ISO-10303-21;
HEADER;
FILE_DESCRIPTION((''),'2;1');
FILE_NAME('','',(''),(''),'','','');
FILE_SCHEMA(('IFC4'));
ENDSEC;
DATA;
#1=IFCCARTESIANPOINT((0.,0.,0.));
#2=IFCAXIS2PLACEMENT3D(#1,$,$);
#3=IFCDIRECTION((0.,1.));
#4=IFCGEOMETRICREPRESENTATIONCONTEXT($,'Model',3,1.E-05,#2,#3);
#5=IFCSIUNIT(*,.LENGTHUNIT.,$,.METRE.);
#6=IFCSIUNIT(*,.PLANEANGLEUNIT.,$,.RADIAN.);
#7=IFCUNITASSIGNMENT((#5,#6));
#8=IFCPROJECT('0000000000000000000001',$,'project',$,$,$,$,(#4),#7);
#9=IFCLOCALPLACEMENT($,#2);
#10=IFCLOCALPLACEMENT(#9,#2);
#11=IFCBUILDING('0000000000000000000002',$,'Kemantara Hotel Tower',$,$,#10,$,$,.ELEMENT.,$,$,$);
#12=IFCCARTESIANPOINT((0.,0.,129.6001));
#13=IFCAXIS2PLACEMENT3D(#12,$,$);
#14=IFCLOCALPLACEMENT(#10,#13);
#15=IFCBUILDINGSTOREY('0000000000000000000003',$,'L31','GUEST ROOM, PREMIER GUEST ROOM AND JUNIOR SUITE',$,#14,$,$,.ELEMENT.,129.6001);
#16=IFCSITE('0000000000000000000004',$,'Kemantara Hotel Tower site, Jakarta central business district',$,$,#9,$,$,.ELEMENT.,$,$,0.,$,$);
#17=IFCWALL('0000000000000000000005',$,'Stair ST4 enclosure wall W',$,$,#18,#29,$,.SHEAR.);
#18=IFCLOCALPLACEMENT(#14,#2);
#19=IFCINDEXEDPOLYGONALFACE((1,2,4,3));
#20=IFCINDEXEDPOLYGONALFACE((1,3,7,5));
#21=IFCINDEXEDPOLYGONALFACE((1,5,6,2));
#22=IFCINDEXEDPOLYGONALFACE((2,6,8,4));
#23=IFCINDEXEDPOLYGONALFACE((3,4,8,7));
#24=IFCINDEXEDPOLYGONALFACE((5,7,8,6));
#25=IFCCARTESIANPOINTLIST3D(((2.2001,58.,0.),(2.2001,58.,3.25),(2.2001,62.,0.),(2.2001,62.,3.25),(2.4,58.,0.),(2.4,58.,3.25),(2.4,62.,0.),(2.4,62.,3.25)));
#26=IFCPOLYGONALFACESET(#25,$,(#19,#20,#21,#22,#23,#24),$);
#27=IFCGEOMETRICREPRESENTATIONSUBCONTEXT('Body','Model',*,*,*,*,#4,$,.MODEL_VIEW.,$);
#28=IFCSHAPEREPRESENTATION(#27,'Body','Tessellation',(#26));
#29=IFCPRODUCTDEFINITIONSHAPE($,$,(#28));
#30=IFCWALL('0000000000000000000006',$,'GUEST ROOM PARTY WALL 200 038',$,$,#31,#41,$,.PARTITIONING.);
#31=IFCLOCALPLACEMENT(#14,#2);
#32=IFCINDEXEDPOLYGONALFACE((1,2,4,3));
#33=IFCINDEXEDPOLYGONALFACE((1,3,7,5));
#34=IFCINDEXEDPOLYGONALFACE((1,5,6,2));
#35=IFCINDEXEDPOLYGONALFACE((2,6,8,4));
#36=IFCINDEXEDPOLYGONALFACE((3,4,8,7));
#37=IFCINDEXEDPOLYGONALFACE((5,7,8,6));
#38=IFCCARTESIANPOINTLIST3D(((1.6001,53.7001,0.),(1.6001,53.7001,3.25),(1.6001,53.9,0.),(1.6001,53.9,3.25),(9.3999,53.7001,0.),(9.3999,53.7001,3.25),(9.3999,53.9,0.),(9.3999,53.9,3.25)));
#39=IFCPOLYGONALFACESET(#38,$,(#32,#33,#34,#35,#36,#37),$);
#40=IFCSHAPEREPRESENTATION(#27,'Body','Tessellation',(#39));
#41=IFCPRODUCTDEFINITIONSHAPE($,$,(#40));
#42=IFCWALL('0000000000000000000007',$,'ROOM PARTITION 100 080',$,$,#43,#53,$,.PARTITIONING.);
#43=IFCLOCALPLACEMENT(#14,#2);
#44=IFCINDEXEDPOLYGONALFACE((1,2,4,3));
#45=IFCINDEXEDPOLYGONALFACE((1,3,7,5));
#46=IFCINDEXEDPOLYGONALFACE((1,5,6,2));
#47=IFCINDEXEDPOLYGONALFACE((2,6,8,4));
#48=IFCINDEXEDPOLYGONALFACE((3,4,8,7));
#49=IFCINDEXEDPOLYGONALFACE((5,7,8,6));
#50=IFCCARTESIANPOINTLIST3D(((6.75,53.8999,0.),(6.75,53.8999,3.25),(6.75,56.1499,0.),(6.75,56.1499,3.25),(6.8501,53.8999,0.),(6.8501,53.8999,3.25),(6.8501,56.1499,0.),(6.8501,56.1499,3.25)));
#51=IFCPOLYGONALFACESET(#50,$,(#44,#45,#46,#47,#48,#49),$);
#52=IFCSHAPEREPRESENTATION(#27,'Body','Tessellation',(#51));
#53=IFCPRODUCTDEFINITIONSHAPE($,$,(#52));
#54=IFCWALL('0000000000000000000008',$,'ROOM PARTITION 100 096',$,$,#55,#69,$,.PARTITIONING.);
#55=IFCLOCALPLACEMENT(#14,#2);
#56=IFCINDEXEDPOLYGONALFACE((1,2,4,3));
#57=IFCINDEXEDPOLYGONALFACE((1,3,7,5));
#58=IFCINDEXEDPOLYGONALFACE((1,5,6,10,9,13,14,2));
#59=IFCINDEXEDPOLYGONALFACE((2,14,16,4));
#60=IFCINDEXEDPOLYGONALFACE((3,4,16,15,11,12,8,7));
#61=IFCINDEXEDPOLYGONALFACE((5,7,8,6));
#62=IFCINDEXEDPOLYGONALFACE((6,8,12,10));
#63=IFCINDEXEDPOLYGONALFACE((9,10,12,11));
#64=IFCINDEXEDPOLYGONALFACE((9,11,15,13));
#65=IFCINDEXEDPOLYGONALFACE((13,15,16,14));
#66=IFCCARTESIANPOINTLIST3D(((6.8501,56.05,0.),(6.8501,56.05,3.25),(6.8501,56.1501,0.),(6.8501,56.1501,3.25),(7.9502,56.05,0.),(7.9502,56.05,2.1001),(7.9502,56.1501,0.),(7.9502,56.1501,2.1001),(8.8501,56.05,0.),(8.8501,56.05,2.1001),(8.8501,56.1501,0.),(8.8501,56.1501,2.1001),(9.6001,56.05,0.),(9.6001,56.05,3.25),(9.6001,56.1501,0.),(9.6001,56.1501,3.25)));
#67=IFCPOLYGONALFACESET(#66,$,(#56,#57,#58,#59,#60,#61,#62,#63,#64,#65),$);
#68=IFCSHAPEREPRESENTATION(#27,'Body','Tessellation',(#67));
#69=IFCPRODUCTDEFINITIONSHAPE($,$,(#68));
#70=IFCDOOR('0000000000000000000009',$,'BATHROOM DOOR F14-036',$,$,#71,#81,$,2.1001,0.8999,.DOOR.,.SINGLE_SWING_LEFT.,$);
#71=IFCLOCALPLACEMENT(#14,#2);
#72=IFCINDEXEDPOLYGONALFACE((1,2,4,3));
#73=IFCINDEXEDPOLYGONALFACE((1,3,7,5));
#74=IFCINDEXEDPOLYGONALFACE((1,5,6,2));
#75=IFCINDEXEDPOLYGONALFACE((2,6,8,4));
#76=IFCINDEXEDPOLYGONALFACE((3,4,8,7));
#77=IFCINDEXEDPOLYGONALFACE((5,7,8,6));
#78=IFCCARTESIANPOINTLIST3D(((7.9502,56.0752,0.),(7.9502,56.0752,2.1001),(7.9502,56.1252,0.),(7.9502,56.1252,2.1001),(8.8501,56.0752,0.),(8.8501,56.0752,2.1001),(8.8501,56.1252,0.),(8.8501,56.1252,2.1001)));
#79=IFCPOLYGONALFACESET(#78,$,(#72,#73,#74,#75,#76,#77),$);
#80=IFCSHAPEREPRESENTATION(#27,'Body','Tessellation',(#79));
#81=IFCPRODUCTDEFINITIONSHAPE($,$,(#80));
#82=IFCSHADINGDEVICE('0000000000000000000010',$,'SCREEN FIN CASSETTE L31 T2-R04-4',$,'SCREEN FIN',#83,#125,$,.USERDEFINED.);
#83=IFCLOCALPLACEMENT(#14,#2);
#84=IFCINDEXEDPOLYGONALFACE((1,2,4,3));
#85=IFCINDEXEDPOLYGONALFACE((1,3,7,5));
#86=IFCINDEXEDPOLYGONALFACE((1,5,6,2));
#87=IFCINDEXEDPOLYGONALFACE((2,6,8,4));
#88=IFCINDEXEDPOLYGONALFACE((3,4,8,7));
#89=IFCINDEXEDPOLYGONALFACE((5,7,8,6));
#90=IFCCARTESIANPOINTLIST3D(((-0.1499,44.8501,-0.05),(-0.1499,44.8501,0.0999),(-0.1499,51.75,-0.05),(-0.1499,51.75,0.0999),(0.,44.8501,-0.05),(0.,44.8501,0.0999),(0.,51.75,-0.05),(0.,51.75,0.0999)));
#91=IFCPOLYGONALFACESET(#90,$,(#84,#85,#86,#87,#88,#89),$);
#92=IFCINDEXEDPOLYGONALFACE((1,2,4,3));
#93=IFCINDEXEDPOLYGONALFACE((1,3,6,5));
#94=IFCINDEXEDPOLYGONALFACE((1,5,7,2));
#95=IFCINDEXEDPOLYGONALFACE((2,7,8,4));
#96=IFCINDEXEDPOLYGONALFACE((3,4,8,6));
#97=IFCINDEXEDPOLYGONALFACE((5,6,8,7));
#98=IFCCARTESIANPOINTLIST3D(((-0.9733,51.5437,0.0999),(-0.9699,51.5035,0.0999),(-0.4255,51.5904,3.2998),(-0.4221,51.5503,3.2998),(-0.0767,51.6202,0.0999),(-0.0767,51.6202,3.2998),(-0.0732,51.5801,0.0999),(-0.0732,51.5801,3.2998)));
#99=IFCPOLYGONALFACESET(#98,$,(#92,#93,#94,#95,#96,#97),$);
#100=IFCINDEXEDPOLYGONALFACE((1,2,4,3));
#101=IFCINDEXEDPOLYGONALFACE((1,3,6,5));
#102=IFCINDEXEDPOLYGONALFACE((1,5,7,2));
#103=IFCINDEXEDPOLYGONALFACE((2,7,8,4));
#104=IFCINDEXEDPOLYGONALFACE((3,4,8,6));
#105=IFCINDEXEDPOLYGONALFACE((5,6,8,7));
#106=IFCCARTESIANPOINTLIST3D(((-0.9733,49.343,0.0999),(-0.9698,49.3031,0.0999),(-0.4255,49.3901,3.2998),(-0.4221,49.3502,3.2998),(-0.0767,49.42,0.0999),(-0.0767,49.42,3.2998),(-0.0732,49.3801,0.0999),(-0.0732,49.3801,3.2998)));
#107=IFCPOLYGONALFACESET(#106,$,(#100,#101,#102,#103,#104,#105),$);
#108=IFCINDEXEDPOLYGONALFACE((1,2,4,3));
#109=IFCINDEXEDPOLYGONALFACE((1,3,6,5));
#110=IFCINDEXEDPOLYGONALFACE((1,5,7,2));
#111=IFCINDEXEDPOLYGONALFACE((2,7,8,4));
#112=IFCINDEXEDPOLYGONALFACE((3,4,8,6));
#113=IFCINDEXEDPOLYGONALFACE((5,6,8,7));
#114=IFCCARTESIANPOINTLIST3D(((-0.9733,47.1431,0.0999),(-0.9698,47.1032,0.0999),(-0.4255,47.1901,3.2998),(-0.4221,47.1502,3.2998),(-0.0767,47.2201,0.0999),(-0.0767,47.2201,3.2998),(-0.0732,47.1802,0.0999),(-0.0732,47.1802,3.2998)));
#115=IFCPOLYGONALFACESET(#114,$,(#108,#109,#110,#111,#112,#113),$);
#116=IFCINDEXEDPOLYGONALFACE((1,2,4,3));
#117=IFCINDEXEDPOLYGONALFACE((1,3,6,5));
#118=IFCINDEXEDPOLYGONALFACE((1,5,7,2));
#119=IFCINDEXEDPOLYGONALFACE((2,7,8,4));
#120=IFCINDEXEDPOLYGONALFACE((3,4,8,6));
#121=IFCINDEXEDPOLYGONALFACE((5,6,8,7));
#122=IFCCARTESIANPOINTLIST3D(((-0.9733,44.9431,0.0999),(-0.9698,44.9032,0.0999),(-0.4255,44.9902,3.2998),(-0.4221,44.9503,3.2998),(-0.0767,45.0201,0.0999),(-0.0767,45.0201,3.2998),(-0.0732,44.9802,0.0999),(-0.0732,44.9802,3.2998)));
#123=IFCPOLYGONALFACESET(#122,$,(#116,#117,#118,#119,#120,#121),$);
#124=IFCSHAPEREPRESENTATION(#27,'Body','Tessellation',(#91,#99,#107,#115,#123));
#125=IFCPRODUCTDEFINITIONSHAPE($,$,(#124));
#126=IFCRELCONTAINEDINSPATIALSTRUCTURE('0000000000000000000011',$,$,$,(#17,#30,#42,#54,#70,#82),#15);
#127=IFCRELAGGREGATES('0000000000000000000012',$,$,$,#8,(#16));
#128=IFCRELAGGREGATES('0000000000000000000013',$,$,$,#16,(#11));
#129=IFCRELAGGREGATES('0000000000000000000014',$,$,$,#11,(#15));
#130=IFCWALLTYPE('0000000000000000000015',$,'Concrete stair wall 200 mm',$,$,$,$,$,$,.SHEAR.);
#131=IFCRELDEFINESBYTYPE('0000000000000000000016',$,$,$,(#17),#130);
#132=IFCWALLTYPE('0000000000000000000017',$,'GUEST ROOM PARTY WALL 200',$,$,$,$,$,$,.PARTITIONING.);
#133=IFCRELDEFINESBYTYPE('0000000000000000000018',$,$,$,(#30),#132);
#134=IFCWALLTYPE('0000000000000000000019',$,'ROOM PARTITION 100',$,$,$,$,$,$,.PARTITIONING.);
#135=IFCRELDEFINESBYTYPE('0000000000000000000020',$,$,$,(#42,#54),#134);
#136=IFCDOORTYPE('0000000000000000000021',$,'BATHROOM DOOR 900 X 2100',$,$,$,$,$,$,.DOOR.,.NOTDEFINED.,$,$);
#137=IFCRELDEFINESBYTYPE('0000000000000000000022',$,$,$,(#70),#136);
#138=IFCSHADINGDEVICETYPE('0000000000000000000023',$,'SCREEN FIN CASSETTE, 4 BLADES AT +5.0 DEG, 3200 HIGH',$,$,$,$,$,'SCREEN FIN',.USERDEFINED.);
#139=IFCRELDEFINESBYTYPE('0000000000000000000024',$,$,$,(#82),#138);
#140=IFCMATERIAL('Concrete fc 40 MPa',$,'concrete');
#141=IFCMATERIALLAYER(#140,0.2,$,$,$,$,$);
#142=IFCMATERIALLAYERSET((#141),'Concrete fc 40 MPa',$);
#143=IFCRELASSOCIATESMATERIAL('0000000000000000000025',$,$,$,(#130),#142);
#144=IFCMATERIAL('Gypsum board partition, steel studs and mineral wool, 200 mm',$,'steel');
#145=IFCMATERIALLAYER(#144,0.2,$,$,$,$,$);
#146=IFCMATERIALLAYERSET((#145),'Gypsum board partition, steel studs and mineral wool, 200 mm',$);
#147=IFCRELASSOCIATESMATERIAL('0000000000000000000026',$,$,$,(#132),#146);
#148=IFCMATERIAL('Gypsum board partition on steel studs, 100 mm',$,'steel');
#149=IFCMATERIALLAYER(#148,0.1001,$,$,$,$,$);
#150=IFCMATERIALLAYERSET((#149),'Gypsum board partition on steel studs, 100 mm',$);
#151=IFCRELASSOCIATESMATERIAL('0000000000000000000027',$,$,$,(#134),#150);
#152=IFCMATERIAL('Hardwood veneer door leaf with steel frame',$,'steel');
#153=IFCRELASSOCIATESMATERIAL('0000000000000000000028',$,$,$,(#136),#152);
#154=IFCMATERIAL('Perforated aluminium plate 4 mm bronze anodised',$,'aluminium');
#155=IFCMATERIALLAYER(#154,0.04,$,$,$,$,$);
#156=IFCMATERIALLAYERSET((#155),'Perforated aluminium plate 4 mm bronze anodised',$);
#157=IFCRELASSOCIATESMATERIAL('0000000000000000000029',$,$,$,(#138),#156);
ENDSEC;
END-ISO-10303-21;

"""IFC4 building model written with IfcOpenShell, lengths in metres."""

from ifc_helpers import new_model, si_unit, direction, frame, frame_2d, origin, origin_2d, place, context, subcontext, project, spatial, polyline, rectangle, outline, extrude, source, transform, mapped, material, layer, layer_set, type_object, element, fill, save


model = new_model("IFC4")

# Units and contexts
model_context = context("Model", 3, precision=1e-05, world=origin(), true_north=direction((0.0, 1.0)))
body_context = subcontext(model_context, "Body", "Model", "MODEL_VIEW")
ifc_project = project(units=[si_unit("LENGTHUNIT", "METRE"), si_unit("PLANEANGLEUNIT", "RADIAN")], contexts=[model_context])

# Site, building, storey
site_placement = place(None, origin())
site = spatial("IfcSite", under=ifc_project, at=site_placement, Name="Kemantara Hotel Tower site, Jakarta central business district", CompositionType="ELEMENT", RefElevation=0.0)
building_placement = place(site_placement, origin())
building = spatial("IfcBuilding", under=site, at=building_placement, Name="Kemantara Hotel Tower", CompositionType="ELEMENT")
storey_placement = place(building_placement, frame((0.0, 0.0, 129.6001)))
storey = spatial("IfcBuildingStorey", under=building, at=storey_placement, Name="L31", Description="GUEST ROOM, PREMIER GUEST ROOM AND JUNIOR SUITE", CompositionType="ELEMENT", Elevation=129.6001)

# Shared definitions
ifc_material_1 = material(Name="Gypsum board partition, steel studs and mineral wool, 200 mm", Category="steel")
ifc_material_2 = material(Name="Hardwood veneer door leaf with steel frame", Category="steel")

# Shared definitions
ifc_material_3 = material(Name="Concrete fc 40 MPa", Category="concrete")
ifc_layer_1 = layer(ifc_material_3, 0.2)
ifc_layer_set_1 = layer_set([ifc_layer_1], Name="Concrete fc 40 MPa")
wall_type_1 = type_object("IfcWallType", Name="Concrete stair wall 200 mm", PredefinedType="SHEAR", material=ifc_layer_set_1)

# Walls
wall_1_placement = place(storey_placement, frame((2.3, 58.0, 0.0), z_axis=(0.0, 0.0, 1.0), x_axis=(0.0, 1.0, 0.0)))
element("IfcWall", 1, at=wall_1_placement, inside=storey, type_object=wall_type_1, Name="Stair ST4 enclosure wall W", PredefinedType="SHEAR", context=body_context, shape_type="SweptSolid", body=[
    extrude(rectangle(XDim=4.0, YDim=0.2, at=frame_2d((2.0, 0.0))), origin(), (0.0, 0.0, 1.0), 3.25),
])
ifc_layer_2 = layer(ifc_material_1, 0.2)
ifc_layer_set_2 = layer_set([ifc_layer_2], Name="Gypsum board partition, steel studs and mineral wool, 200 mm")
wall_type_2 = type_object("IfcWallType", Name="GUEST ROOM PARTY WALL 200", PredefinedType="PARTITIONING", material=ifc_layer_set_2)
wall_2_placement = place(storey_placement, frame((1.6001, 53.8, 0.0), z_axis=(0.0, 0.0, 1.0), x_axis=(1.0, 0.0, 0.0)))
element("IfcWall", 2, at=wall_2_placement, inside=storey, type_object=wall_type_2, Name="GUEST ROOM PARTY WALL 200 038", PredefinedType="PARTITIONING", context=body_context, shape_type="SweptSolid", body=[
    extrude(rectangle(XDim=7.7998, YDim=0.2, at=frame_2d((3.8999, 0.0))), origin(), (0.0, 0.0, 1.0), 3.25),
])
ifc_material_4 = material(Name="Gypsum board partition on steel studs, 100 mm", Category="steel")
ifc_layer_3 = layer(ifc_material_4, 0.1001)
ifc_layer_set_3 = layer_set([ifc_layer_3], Name="Gypsum board partition on steel studs, 100 mm")
wall_type_3 = type_object("IfcWallType", Name="ROOM PARTITION 100", PredefinedType="PARTITIONING", material=ifc_layer_set_3)
wall_3_placement = place(storey_placement, frame((6.8, 53.8999, 0.0), z_axis=(0.0, 0.0, 1.0), x_axis=(0.0, 1.0, 0.0)))
element("IfcWall", 3, at=wall_3_placement, inside=storey, type_object=wall_type_3, Name="ROOM PARTITION 100 080", PredefinedType="PARTITIONING", context=body_context, shape_type="SweptSolid", body=[
    extrude(rectangle(XDim=2.25, YDim=0.1001, at=frame_2d((1.125, 0.0))), origin(), (0.0, 0.0, 1.0), 3.25),
])

# Wall, opening, door
wall_4_placement = place(storey_placement, frame((9.6001, 56.1001, 0.0), z_axis=(0.0, 0.0, 1.0), x_axis=(-1.0, 0.0, 0.0)))
wall_4 = element("IfcWall", 4, at=wall_4_placement, inside=storey, type_object=wall_type_3, Name="ROOM PARTITION 100 096", PredefinedType="PARTITIONING", context=body_context, shape_type="SweptSolid", body=[
    extrude(rectangle(XDim=2.75, YDim=0.1001, at=frame_2d((1.375, 0.0))), origin(), (0.0, 0.0, 1.0), 3.25),
])
opening_1_placement = place(wall_4_placement, frame((0.75, 0.0, 0.0)))
opening_1 = element("IfcOpeningElement", 5, at=opening_1_placement, cuts=wall_4, PredefinedType="OPENING", context=body_context, shape_type="SweptSolid", body=[
    extrude(rectangle(XDim=0.8999, YDim=2.1001, at=frame_2d((0.45, 1.05))), frame((0.0, 0.0601, 0.0), z_axis=(0.0, -1.0, 0.0), x_axis=(1.0, 0.0, 0.0)), (0.0, 0.0, 1.0), 0.1201),
])
door_type_1 = type_object("IfcDoorType", Name="BATHROOM DOOR 900 X 2100", OperationType="NOTDEFINED", PredefinedType="DOOR", material=ifc_material_2)
door_1_placement = place(opening_1_placement, origin())
door_1 = element("IfcDoor", 6, at=door_1_placement, inside=storey, type_object=door_type_1, Name="BATHROOM DOOR F14-036", OperationType="SINGLE_SWING_LEFT", OverallHeight=2.1001, OverallWidth=0.8999, PredefinedType="DOOR", context=body_context, shape_type="SweptSolid", body=[
    extrude(rectangle(XDim=0.8999, YDim=2.1001, at=frame_2d((0.45, 1.05))), frame((0.0, 0.0249, 0.0), z_axis=(0.0, -1.0, 0.0), x_axis=(1.0, 0.0, 0.0)), (0.0, 0.0, 1.0), 0.05),
])
fill(opening_1, door_1)

# Shading device
ifc_material_5 = material(Name="Perforated aluminium plate 4 mm bronze anodised", Category="aluminium")
ifc_layer_4 = layer(ifc_material_5, 0.04)
ifc_layer_set_4 = layer_set([ifc_layer_4], Name="Perforated aluminium plate 4 mm bronze anodised")
shading_device_type = type_object("IfcShadingDeviceType", Name="SCREEN FIN CASSETTE, 4 BLADES AT +5.0 DEG, 3200 HIGH", ElementType="SCREEN FIN", PredefinedType="USERDEFINED", material=ifc_layer_set_4)
shared_shape = source(origin(), body_context, "Body", "SweptSolid", [
    extrude(rectangle(XDim=6.8999, YDim=0.1499, at=origin_2d()), frame((3.3, -0.075, -0.1499), z_axis=(0.0, 0.0, 1.0), x_axis=(1.0, 0.0, 0.0)), (0.0, 0.0, 1.0), 0.1499),
    extrude(outline(polyline([(0.0, 0.0), (0.8999, 0.0), (0.3501, 3.2), (0.0, 3.2), (0.0, 0.0)])), frame((0.02, -0.0732, 0.0), z_axis=(-0.996376, -0.085056, 0.0), x_axis=(0.085056, -0.996376, 0.0)), (0.0, 0.0, 1.0), 0.0403),
    extrude(outline(polyline([(0.0, 0.0), (0.8999, 0.0), (0.3501, 3.2), (0.0, 3.2), (0.0, 0.0)])), frame((2.22, -0.0732, 0.0), z_axis=(-0.996332, -0.085575, 0.0), x_axis=(0.085575, -0.996332, 0.0)), (0.0, 0.0, 1.0), 0.04),
    extrude(outline(polyline([(0.0, 0.0), (0.8999, 0.0), (0.3501, 3.2), (0.0, 3.2), (0.0, 0.0)])), frame((4.4199, -0.0732, 0.0), z_axis=(-0.996332, -0.085575, 0.0), x_axis=(0.085575, -0.996332, 0.0)), (0.0, 0.0, 1.0), 0.04),
    extrude(outline(polyline([(0.0, 0.0), (0.8999, 0.0), (0.3501, 3.2), (0.0, 3.2), (0.0, 0.0)])), frame((6.6199, -0.0732, 0.0), z_axis=(-0.996332, -0.085575, 0.0), x_axis=(0.085575, -0.996332, 0.0)), (0.0, 0.0, 1.0), 0.04),
])
shading_device_placement = place(storey_placement, frame((0.0, 51.6001, 0.0999), z_axis=(0.0, 0.0, 1.0), x_axis=(0.0, -1.0, 0.0)))
element("IfcShadingDevice", 7, at=shading_device_placement, inside=storey, type_object=shading_device_type, Name="SCREEN FIN CASSETTE L31 T2-R04-4", ObjectType="SCREEN FIN", PredefinedType="USERDEFINED", context=body_context, shape_type="MappedRepresentation", body=[
    mapped(shared_shape, transform((0.0, 0.0, 0.0))),
])

save(model, "model.ifc")
